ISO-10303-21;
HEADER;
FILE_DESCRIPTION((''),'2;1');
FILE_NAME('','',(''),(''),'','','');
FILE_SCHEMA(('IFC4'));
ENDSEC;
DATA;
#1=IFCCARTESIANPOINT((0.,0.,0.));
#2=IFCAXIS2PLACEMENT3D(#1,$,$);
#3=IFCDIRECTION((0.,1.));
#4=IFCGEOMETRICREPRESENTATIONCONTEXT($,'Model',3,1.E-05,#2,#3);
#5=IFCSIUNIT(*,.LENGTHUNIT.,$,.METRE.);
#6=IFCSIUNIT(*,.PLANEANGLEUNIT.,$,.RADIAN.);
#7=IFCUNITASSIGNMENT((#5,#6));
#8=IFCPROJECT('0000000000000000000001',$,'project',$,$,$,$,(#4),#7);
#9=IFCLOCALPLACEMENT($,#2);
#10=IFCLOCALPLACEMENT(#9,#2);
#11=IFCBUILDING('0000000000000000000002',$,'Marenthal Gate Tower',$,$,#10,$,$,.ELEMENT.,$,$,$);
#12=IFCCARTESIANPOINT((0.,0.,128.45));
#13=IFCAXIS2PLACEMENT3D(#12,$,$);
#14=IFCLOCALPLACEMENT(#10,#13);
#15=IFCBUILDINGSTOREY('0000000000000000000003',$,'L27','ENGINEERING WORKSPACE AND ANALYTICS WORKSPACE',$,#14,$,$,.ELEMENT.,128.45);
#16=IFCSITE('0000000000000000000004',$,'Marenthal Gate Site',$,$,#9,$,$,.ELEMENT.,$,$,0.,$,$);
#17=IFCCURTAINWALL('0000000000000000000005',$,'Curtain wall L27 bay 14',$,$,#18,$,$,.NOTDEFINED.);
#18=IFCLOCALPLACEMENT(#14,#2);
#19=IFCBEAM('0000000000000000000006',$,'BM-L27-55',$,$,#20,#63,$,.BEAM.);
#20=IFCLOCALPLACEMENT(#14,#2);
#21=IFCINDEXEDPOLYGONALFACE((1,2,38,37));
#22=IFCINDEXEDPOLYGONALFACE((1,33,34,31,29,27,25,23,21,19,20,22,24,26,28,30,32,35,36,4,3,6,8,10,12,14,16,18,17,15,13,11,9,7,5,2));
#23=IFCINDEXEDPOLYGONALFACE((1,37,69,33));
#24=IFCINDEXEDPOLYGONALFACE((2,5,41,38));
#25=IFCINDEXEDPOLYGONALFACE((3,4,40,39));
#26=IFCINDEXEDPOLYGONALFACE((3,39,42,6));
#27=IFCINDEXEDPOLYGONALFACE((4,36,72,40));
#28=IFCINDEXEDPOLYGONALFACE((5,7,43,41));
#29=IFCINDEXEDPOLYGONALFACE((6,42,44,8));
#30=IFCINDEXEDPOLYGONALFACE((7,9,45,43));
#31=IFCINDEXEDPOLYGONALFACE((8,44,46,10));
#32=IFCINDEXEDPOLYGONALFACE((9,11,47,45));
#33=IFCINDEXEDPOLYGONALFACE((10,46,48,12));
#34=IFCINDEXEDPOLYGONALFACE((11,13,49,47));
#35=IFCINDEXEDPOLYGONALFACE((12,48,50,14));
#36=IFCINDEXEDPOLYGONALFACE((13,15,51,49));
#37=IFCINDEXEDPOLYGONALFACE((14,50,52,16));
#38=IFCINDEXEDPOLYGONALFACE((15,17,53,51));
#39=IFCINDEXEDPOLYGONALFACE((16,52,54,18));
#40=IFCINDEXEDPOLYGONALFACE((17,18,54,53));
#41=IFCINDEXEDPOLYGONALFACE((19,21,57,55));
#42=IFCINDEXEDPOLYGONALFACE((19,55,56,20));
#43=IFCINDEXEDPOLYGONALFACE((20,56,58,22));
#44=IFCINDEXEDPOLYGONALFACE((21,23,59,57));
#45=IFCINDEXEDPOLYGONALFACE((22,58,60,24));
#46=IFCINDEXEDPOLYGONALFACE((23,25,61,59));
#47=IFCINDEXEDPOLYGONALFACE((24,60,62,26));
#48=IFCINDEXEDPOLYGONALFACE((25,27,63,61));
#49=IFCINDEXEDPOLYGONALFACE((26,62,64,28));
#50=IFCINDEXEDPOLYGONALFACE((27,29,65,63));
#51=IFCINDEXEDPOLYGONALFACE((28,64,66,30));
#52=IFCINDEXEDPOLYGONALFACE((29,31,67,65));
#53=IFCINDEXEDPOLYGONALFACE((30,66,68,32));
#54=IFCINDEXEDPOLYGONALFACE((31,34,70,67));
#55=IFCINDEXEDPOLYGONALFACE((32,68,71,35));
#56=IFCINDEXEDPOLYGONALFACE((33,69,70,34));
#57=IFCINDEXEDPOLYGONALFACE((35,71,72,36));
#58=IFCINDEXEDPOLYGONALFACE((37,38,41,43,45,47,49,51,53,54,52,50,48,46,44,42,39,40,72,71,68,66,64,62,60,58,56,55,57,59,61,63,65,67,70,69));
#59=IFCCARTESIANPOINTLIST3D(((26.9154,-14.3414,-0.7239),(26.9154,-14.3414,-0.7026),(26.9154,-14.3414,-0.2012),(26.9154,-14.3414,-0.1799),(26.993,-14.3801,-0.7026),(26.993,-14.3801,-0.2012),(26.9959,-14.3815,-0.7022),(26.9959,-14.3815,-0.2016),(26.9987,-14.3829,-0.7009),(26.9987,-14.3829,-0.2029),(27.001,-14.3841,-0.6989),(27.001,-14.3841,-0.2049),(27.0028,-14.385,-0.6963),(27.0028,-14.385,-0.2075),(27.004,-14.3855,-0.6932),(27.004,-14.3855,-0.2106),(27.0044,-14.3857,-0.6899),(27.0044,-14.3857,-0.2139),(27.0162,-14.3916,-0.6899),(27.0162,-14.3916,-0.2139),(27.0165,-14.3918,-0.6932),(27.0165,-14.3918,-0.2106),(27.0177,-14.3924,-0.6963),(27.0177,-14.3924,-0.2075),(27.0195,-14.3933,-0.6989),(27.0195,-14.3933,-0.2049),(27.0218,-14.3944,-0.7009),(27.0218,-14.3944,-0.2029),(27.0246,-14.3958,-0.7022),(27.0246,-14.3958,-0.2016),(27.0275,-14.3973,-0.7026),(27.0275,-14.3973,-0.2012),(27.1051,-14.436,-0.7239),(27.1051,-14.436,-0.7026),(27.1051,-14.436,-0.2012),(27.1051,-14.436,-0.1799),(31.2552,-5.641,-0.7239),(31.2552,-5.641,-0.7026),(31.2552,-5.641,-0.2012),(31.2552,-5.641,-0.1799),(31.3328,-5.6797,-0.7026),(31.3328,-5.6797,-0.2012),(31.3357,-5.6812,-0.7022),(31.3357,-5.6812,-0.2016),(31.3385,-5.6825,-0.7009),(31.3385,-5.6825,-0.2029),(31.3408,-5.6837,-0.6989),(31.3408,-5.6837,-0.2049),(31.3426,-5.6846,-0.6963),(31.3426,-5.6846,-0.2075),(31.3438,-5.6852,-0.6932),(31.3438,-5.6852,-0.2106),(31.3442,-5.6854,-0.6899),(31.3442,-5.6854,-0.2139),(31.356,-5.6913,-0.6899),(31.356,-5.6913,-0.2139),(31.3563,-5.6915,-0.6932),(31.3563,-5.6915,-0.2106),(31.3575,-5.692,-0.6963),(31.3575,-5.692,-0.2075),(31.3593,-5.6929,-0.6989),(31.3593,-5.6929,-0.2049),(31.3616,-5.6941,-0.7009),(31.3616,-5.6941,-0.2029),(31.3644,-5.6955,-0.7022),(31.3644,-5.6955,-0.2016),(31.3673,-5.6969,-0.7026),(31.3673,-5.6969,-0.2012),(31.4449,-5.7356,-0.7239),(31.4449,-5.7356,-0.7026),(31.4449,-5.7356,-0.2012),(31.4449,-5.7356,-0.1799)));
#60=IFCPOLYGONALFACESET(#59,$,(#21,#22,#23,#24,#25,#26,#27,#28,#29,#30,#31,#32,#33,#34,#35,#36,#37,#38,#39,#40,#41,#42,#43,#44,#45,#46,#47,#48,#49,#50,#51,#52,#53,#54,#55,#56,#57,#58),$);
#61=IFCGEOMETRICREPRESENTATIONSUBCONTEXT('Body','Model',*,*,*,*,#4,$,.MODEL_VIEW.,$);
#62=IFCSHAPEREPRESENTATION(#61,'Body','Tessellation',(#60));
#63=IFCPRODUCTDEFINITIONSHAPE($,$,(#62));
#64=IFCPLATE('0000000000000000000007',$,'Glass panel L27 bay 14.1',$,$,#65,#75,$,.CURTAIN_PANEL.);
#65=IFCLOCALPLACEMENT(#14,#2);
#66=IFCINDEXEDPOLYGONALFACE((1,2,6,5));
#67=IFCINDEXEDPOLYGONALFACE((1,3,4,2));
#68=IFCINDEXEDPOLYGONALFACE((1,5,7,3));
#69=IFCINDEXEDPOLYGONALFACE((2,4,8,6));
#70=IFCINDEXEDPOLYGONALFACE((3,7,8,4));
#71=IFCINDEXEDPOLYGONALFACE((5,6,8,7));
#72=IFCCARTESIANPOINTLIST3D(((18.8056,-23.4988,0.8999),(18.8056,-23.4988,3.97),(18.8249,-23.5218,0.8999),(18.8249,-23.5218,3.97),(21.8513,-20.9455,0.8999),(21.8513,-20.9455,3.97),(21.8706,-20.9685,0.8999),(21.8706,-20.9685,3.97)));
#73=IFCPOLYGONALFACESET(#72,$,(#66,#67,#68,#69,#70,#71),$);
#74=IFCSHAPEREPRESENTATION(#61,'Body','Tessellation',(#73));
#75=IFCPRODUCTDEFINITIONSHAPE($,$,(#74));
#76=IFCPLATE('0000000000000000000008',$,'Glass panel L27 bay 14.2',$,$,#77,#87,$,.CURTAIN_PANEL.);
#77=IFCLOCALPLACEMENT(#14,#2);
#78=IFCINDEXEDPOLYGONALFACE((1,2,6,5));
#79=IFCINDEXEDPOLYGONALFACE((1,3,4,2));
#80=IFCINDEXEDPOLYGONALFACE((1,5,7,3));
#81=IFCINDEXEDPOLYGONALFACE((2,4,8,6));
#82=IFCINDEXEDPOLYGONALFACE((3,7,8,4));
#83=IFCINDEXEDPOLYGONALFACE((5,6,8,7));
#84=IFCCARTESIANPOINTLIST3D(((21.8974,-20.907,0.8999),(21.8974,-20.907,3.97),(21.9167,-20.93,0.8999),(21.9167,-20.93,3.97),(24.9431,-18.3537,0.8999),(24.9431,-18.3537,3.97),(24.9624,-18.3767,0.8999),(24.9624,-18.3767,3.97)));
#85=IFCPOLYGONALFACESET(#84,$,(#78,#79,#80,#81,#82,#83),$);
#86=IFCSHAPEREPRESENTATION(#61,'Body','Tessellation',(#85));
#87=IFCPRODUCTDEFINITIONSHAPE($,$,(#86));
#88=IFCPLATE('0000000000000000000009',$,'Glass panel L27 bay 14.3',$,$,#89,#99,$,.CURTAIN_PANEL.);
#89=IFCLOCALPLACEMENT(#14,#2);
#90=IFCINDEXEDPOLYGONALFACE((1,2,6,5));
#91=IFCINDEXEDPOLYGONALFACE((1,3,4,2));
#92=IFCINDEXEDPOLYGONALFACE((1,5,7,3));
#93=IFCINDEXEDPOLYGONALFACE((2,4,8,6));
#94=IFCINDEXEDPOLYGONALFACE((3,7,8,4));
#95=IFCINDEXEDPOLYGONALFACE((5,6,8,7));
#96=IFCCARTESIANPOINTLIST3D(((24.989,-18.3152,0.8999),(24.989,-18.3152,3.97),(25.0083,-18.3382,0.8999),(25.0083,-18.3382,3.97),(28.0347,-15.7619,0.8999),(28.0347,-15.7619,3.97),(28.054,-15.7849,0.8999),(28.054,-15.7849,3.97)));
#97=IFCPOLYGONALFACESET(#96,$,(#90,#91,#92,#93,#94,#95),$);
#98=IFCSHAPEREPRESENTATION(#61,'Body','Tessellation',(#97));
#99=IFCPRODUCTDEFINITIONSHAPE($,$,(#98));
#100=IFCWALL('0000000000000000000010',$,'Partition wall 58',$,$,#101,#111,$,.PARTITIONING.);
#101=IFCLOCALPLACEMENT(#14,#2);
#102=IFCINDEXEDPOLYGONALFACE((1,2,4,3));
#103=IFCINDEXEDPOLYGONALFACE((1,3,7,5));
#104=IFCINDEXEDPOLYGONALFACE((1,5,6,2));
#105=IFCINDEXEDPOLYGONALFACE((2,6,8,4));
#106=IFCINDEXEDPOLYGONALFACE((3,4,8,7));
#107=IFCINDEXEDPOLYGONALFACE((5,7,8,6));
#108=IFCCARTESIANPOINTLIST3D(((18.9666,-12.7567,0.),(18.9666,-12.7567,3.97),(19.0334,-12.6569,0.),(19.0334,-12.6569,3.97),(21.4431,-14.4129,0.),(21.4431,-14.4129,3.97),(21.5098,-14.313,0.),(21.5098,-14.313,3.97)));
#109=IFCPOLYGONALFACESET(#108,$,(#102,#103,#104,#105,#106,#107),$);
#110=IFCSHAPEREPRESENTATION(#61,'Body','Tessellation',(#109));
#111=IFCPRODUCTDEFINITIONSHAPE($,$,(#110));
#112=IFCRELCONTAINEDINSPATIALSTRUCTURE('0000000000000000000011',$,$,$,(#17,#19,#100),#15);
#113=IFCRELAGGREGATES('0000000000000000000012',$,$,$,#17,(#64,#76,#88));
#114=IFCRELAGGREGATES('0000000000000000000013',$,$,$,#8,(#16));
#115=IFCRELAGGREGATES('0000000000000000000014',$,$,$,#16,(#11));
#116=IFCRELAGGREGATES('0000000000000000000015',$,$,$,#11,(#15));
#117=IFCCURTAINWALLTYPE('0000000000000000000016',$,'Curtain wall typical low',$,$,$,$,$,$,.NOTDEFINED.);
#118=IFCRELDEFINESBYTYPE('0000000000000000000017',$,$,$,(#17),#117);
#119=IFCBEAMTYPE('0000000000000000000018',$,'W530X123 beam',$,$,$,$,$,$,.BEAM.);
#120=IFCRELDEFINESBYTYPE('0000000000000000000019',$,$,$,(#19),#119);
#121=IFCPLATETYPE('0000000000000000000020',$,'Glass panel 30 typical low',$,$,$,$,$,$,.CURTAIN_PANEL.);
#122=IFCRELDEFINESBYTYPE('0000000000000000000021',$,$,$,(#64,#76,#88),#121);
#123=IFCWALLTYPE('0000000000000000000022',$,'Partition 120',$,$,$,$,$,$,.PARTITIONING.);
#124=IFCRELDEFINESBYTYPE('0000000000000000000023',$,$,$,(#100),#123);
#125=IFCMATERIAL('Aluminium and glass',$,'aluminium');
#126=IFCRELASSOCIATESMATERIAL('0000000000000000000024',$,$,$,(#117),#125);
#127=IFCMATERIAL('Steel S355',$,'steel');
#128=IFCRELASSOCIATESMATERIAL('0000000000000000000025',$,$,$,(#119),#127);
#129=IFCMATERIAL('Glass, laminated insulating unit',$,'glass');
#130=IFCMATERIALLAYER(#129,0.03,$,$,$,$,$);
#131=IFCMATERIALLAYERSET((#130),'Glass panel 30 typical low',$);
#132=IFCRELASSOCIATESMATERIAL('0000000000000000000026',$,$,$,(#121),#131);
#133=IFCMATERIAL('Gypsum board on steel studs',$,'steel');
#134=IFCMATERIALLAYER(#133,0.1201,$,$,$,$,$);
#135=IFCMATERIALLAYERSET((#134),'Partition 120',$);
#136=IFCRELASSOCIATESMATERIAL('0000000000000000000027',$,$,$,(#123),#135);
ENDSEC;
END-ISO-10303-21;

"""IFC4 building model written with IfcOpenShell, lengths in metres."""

from ifc_helpers import new_model, si_unit, direction, frame, frame_2d, origin, origin_2d, place, context, subcontext, project, spatial, rectangle, i_section, extrude, material, layer, layer_set, material_profile, profile_set, type_object, element, aggregate, save


model = new_model("IFC4")

# Units and contexts
model_context = context("Model", 3, precision=1e-05, world=origin(), true_north=direction((0.0, 1.0)))
body_context = subcontext(model_context, "Body", "Model", "MODEL_VIEW")
ifc_project = project(units=[si_unit("LENGTHUNIT", "METRE"), si_unit("PLANEANGLEUNIT", "RADIAN")], contexts=[model_context])

# Site, building, storey
site_placement = place(None, origin())
site = spatial("IfcSite", under=ifc_project, at=site_placement, Name="Marenthal Gate Site", CompositionType="ELEMENT", RefElevation=0.0)
building_placement = place(site_placement, origin())
building = spatial("IfcBuilding", under=site, at=building_placement, Name="Marenthal Gate Tower", CompositionType="ELEMENT")
storey_placement = place(building_placement, frame((0.0, 0.0, 128.45)))
storey = spatial("IfcBuildingStorey", under=building, at=storey_placement, Name="L27", Description="ENGINEERING WORKSPACE AND ANALYTICS WORKSPACE", CompositionType="ELEMENT", Elevation=128.45)

# Curtain wall
ifc_material_1 = material(Name="Aluminium and glass", Category="aluminium")
curtain_wall_type = type_object("IfcCurtainWallType", Name="Curtain wall typical low", PredefinedType="NOTDEFINED", material=ifc_material_1)
curtain_wall_placement = place(storey_placement, origin())
curtain_wall = element("IfcCurtainWall", 1, at=curtain_wall_placement, inside=storey, type_object=curtain_wall_type, Name="Curtain wall L27 bay 14", PredefinedType="NOTDEFINED")

# Beam
ifc_material_2 = material(Name="Steel S355", Category="steel")
ifc_material_profile_1 = material_profile(ifc_material_2, i_section(OverallWidth=0.2119, OverallDepth=0.5439, WebThickness=0.0132, FlangeThickness=0.0212, FilletRadius=0.0127, at=origin_2d()), Name="W530X123")
ifc_profile_set_1 = profile_set([ifc_material_profile_1], Name="Steel S355")
beam_type_1 = type_object("IfcBeamType", Name="W530X123 beam", PredefinedType="BEAM", material=ifc_profile_set_1)
beam_1_placement = place(storey_placement, frame((27.0103, -14.3887, -0.4519), z_axis=(0.44636, 0.894854, 0.0), x_axis=(-0.894854, 0.44636, 0.0)))
element("IfcBeam", 2, at=beam_1_placement, inside=storey, type_object=beam_type_1, Name="BM-L27-55", PredefinedType="BEAM", context=body_context, shape_type="SweptSolid", body=[
    extrude(i_section(OverallWidth=0.2119, OverallDepth=0.5439, WebThickness=0.0132, FlangeThickness=0.0212, FilletRadius=0.0127, at=origin_2d()), origin(), (0.0, 0.0, 1.0), 9.7227),
])

# Plates
ifc_material_3 = material(Name="Glass, laminated insulating unit", Category="glass")
ifc_layer_1 = layer(ifc_material_3, 0.03)
ifc_layer_set_1 = layer_set([ifc_layer_1], Name="Glass panel 30 typical low")
plate_type = type_object("IfcPlateType", Name="Glass panel 30 typical low", PredefinedType="CURTAIN_PANEL", material=ifc_layer_set_1)
plate_1_placement = place(storey_placement, frame((20.3381, -22.2336, 0.8999), z_axis=(0.0, 0.0, 1.0), x_axis=(0.766338, 0.642438, 0.0)))
plate_1 = element("IfcPlate", 3, at=plate_1_placement, type_object=plate_type, Name="Glass panel L27 bay 14.1", PredefinedType="CURTAIN_PANEL", context=body_context, shape_type="SweptSolid", body=[
    extrude(rectangle(XDim=3.9744, YDim=0.03, at=origin_2d()), origin(), (0.0, 0.0, 1.0), 3.0701),
])
plate_2_placement = place(storey_placement, frame((23.4299, -19.6418, 0.8999), z_axis=(0.0, 0.0, 1.0), x_axis=(0.766338, 0.642438, 0.0)))
plate_2 = element("IfcPlate", 4, at=plate_2_placement, type_object=plate_type, Name="Glass panel L27 bay 14.2", PredefinedType="CURTAIN_PANEL", context=body_context, shape_type="SweptSolid", body=[
    extrude(rectangle(XDim=3.9744, YDim=0.03, at=origin_2d()), origin(), (0.0, 0.0, 1.0), 3.0701),
])
plate_3_placement = place(storey_placement, frame((26.5215, -17.05, 0.8999), z_axis=(0.0, 0.0, 1.0), x_axis=(0.766338, 0.642438, 0.0)))
plate_3 = element("IfcPlate", 5, at=plate_3_placement, type_object=plate_type, Name="Glass panel L27 bay 14.3", PredefinedType="CURTAIN_PANEL", context=body_context, shape_type="SweptSolid", body=[
    extrude(rectangle(XDim=3.9744, YDim=0.03, at=origin_2d()), origin(), (0.0, 0.0, 1.0), 3.0701),
])
aggregate(curtain_wall, [plate_1, plate_2, plate_3])

# Wall
ifc_material_4 = material(Name="Gypsum board on steel studs", Category="steel")
ifc_layer_2 = layer(ifc_material_4, 0.1201)
ifc_layer_set_2 = layer_set([ifc_layer_2], Name="Partition 120")
wall_type_1 = type_object("IfcWallType", Name="Partition 120", PredefinedType="PARTITIONING", material=ifc_layer_set_2)
wall_1_placement = place(storey_placement, frame((21.4766, -14.363, 0.0), z_axis=(0.0, 0.0, 1.0), x_axis=(-0.831243, 0.55591, 0.0)))
element("IfcWall", 6, at=wall_1_placement, inside=storey, type_object=wall_type_1, Name="Partition wall 58", PredefinedType="PARTITIONING", context=body_context, shape_type="SweptSolid", body=[
    extrude(rectangle(XDim=2.9792, YDim=0.1201, at=frame_2d((1.4897, 0.0))), origin(), (0.0, 0.0, 1.0), 3.97),
])

save(model, "model.ifc")
